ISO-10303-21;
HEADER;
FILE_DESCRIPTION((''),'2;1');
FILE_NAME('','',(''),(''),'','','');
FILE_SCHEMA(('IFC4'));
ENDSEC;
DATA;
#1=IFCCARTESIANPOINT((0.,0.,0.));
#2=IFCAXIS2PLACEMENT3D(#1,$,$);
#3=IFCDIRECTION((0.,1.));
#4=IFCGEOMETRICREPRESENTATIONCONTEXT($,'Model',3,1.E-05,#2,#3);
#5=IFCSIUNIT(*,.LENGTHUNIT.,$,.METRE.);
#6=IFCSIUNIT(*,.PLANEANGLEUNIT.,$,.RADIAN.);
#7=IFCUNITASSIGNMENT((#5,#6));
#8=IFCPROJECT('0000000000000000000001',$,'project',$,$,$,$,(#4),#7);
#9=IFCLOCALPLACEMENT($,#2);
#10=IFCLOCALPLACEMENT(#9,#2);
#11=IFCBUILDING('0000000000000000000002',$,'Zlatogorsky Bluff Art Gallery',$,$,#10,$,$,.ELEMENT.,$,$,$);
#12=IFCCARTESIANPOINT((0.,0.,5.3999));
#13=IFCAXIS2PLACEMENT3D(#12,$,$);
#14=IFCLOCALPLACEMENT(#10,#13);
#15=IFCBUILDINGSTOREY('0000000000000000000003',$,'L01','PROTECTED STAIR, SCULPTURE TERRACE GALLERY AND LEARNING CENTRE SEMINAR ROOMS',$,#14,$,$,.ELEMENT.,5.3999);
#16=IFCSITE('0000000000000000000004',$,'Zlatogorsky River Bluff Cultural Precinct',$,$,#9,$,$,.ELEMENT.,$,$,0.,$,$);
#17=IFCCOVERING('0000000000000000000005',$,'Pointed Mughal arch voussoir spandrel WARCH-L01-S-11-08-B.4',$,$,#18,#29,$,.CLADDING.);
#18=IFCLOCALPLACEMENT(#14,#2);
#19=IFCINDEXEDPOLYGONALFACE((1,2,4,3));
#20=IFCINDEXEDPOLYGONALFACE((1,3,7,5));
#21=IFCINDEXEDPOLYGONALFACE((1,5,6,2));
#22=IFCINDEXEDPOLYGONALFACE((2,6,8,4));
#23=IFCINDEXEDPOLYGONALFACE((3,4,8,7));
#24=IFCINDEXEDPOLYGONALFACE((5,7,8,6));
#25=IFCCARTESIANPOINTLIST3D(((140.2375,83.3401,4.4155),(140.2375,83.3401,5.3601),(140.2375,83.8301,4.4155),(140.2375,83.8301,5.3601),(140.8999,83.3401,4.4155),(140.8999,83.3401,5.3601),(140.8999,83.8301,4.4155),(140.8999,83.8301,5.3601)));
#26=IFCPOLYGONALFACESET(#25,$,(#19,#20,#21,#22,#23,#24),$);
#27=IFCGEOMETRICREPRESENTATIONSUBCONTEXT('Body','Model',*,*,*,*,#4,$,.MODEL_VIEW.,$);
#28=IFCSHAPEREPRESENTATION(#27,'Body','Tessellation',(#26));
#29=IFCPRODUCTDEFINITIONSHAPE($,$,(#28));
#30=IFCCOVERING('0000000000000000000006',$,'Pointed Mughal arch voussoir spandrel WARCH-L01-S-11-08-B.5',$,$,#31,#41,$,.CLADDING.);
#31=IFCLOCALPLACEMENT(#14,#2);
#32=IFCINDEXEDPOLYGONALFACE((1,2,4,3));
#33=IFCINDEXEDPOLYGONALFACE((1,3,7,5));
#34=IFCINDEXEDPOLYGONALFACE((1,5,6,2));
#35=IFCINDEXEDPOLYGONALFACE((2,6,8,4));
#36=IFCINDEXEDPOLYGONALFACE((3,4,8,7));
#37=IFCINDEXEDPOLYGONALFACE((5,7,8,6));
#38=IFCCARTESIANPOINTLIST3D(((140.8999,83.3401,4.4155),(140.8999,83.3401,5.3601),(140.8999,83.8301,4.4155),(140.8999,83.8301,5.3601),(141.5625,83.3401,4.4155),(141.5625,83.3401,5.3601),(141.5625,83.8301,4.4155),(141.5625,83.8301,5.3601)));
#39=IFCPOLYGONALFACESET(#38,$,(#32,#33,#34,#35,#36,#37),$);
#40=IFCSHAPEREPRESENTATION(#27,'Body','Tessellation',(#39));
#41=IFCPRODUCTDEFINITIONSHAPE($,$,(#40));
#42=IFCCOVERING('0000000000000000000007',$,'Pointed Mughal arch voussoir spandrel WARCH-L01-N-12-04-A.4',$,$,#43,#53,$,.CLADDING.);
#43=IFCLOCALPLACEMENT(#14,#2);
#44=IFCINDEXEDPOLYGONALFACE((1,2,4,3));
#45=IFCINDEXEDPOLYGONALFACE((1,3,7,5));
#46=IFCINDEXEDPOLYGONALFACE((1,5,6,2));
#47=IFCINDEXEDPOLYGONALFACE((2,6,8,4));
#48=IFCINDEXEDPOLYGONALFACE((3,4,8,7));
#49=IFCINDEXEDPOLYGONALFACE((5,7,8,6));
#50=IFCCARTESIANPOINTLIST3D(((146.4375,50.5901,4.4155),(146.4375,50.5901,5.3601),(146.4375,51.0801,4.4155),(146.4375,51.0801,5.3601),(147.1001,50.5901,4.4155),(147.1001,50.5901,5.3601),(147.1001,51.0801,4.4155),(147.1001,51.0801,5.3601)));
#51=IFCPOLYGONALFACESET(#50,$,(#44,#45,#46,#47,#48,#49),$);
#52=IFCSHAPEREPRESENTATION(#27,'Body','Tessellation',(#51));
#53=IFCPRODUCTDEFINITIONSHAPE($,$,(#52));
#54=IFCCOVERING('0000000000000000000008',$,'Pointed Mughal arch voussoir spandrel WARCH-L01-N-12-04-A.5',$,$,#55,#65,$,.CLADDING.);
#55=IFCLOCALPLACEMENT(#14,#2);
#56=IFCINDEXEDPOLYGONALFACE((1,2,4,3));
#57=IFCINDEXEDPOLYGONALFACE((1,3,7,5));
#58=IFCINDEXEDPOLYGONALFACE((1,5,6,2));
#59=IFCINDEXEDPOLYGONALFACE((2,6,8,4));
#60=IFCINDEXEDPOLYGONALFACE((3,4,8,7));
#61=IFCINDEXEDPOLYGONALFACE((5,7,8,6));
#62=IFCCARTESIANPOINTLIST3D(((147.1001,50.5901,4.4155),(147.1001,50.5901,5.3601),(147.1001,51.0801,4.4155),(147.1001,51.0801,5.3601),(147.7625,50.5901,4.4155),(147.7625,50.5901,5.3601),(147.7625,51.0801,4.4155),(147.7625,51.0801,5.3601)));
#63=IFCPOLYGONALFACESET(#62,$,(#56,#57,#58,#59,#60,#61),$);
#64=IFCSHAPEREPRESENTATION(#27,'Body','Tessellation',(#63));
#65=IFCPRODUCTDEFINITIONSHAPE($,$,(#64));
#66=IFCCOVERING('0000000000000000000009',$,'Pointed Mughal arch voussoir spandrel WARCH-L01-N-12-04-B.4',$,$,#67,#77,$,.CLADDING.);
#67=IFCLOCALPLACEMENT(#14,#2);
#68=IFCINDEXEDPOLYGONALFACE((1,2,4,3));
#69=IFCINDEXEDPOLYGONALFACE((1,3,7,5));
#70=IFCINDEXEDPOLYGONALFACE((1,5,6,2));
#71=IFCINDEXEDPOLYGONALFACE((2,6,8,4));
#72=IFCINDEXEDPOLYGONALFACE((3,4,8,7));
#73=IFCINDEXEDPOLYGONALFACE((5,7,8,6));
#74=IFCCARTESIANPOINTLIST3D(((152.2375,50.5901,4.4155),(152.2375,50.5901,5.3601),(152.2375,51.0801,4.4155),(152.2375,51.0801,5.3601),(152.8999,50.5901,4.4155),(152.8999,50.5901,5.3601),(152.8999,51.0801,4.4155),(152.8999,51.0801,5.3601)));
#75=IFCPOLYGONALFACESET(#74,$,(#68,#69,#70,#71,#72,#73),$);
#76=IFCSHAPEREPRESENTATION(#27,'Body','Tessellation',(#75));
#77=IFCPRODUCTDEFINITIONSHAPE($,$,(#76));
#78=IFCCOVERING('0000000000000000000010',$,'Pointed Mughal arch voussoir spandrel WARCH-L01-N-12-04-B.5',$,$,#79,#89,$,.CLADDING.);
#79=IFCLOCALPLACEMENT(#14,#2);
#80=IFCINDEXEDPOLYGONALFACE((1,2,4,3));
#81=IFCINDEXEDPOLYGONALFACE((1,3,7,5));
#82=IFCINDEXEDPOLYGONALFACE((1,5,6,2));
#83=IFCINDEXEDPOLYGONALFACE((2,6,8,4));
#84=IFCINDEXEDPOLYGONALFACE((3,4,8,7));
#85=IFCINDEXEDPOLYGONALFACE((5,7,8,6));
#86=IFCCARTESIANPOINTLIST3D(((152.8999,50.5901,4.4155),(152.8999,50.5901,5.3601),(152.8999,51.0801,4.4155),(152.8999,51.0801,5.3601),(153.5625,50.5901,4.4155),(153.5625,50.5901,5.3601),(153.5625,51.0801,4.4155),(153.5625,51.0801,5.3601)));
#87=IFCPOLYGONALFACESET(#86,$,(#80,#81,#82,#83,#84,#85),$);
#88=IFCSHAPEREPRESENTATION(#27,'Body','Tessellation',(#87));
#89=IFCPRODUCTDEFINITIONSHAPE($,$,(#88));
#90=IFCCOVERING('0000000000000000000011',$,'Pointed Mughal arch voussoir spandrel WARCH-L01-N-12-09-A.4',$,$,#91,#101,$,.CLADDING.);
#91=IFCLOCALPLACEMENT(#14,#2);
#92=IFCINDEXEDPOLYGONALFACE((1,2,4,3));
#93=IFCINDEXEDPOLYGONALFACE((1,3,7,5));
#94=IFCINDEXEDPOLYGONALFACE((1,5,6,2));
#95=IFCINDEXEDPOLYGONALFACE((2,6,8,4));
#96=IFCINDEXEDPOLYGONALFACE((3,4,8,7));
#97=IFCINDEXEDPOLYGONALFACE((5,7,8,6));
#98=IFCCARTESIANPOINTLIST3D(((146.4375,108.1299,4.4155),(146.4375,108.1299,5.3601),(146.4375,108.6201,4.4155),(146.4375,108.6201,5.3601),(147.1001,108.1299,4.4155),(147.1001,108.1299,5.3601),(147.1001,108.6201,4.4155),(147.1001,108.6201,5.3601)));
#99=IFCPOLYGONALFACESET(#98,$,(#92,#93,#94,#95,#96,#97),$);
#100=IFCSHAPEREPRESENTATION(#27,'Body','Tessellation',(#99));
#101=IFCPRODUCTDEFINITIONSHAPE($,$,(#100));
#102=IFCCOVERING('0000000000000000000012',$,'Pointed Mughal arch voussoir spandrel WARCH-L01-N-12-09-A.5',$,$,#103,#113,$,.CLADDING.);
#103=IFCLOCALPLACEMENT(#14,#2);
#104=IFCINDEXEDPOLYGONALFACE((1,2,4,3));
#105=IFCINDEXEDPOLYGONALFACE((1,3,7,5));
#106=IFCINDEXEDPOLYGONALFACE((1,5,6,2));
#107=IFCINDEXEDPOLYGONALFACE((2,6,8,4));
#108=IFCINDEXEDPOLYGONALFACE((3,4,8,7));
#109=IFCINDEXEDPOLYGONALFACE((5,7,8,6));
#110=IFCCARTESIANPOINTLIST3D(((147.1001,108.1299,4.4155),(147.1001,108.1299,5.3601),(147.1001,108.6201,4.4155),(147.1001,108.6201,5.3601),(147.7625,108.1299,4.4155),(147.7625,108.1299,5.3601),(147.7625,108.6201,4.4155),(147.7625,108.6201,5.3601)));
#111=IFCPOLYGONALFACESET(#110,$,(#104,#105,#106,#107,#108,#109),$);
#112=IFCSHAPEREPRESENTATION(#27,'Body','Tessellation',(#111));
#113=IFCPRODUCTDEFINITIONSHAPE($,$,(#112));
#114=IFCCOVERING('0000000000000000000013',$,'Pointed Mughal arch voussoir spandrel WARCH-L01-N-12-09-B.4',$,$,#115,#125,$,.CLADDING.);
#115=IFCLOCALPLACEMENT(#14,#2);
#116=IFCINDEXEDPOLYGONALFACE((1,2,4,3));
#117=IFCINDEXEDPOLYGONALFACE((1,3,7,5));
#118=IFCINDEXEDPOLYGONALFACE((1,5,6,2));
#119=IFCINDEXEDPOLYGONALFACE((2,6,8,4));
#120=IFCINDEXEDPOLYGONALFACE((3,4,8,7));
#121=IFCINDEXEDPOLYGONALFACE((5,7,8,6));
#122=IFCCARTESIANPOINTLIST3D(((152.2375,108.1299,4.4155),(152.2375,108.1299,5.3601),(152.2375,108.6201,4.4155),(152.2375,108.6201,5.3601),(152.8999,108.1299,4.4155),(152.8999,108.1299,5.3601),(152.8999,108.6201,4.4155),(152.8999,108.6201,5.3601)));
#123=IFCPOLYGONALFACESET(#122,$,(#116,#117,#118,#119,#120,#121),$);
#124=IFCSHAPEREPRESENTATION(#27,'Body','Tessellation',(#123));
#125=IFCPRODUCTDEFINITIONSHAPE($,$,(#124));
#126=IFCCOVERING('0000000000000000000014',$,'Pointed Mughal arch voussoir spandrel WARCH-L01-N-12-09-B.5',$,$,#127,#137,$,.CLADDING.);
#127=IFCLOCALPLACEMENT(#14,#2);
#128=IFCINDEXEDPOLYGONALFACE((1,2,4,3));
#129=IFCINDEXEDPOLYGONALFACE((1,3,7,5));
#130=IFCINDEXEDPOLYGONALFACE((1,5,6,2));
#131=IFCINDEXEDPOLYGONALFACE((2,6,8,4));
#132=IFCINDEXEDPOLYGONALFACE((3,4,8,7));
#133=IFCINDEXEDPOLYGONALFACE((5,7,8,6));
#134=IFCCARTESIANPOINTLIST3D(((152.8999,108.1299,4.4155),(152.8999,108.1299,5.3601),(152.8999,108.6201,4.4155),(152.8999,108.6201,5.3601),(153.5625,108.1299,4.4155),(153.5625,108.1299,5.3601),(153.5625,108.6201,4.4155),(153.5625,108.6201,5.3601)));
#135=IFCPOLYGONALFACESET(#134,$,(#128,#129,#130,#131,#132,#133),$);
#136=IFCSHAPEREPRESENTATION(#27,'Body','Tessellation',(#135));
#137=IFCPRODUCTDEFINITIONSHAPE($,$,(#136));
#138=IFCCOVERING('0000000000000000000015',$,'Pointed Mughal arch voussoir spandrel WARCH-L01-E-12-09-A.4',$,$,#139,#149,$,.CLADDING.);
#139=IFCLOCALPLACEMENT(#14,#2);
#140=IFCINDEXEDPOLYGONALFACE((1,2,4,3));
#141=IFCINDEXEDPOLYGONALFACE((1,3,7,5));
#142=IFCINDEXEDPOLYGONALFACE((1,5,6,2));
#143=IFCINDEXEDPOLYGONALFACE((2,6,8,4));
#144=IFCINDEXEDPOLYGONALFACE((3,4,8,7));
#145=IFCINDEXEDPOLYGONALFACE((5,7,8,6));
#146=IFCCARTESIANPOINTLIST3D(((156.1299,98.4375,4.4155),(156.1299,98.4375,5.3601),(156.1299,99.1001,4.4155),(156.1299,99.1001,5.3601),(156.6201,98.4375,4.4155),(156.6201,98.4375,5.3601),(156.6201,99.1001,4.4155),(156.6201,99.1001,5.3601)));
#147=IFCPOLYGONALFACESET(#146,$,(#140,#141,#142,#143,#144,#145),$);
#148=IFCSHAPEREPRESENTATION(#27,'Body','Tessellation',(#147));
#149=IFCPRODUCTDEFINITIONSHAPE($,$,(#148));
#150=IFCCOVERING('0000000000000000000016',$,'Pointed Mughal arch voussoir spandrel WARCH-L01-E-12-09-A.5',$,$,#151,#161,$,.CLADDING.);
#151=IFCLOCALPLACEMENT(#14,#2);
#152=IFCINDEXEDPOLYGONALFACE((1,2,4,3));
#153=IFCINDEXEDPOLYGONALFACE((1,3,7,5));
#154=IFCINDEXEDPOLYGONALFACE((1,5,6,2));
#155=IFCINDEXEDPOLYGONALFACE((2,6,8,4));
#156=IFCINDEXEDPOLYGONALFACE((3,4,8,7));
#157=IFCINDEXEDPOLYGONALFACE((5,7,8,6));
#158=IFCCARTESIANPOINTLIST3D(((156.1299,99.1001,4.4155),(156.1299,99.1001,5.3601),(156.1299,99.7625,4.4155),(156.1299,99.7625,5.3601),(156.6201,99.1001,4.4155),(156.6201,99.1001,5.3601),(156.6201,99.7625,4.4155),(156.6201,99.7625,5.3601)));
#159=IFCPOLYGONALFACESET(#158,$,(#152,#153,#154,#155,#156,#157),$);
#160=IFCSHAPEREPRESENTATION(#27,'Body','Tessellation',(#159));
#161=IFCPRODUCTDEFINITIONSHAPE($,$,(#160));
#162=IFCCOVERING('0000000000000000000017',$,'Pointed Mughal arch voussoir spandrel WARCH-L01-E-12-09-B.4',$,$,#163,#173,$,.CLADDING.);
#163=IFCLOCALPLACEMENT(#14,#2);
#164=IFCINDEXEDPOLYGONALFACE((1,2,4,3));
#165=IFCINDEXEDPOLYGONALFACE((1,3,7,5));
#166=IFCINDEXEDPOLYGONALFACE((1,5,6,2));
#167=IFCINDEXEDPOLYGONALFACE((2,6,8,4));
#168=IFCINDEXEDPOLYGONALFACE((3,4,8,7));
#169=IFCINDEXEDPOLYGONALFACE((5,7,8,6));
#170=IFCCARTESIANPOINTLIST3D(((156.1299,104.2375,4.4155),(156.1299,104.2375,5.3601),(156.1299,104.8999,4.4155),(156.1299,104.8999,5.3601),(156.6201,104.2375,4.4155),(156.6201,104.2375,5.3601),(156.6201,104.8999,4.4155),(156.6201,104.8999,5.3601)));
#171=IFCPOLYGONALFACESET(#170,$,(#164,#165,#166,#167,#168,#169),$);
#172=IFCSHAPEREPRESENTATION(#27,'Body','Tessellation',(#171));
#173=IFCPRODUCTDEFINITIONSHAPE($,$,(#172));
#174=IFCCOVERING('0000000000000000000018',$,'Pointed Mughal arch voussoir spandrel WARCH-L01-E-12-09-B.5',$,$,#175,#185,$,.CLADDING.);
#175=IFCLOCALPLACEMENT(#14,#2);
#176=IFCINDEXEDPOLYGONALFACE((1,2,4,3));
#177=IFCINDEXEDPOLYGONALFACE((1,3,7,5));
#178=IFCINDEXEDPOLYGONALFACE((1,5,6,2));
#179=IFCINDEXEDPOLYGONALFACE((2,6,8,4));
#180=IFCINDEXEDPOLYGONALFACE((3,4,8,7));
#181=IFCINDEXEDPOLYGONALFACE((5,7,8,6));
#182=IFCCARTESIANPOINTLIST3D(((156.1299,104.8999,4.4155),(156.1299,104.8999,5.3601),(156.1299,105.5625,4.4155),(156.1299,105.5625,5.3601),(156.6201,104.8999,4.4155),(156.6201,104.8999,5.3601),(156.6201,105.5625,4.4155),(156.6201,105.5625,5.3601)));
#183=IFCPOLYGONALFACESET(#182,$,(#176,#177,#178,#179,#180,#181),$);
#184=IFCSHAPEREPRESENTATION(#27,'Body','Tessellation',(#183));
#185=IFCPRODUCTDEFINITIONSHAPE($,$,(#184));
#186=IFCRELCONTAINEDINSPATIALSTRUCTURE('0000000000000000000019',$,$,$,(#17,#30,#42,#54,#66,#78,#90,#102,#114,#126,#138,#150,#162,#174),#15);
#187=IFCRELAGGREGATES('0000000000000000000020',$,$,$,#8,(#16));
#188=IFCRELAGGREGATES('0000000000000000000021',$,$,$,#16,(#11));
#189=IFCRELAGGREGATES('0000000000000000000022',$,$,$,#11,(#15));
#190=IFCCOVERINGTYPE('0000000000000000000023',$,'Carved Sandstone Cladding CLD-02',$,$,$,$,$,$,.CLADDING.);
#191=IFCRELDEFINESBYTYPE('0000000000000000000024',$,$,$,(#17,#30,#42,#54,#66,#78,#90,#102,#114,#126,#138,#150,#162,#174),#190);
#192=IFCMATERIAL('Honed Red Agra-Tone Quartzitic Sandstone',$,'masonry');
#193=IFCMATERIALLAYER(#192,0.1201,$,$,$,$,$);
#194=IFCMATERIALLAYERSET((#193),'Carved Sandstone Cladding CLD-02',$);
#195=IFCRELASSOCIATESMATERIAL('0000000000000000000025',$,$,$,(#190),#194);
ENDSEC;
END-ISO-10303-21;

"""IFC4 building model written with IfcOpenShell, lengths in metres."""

from ifc_helpers import new_model, si_unit, direction, frame, origin, place, context, subcontext, project, spatial, polyline, outline, extrude, material, layer, layer_set, type_object, element, save


model = new_model("IFC4")

# Units and contexts
model_context = context("Model", 3, precision=1e-05, world=origin(), true_north=direction((0.0, 1.0)))
body_context = subcontext(model_context, "Body", "Model", "MODEL_VIEW")
ifc_project = project(units=[si_unit("LENGTHUNIT", "METRE"), si_unit("PLANEANGLEUNIT", "RADIAN")], contexts=[model_context])

# Site, building, storey
site_placement = place(None, origin())
site = spatial("IfcSite", under=ifc_project, at=site_placement, Name="Zlatogorsky River Bluff Cultural Precinct", CompositionType="ELEMENT", RefElevation=0.0)
building_placement = place(site_placement, origin())
building = spatial("IfcBuilding", under=site, at=building_placement, Name="Zlatogorsky Bluff Art Gallery", CompositionType="ELEMENT")
storey_placement = place(building_placement, frame((0.0, 0.0, 5.3999)))
storey = spatial("IfcBuildingStorey", under=building, at=storey_placement, Name="L01", Description="PROTECTED STAIR, SCULPTURE TERRACE GALLERY AND LEARNING CENTRE SEMINAR ROOMS", CompositionType="ELEMENT", Elevation=5.3999)

# Coverings
ifc_material = material(Name="Honed Red Agra-Tone Quartzitic Sandstone", Category="masonry")
ifc_layer = layer(ifc_material, 0.1201)
ifc_layer_set = layer_set([ifc_layer], Name="Carved Sandstone Cladding CLD-02")
covering_type = type_object("IfcCoveringType", Name="Carved Sandstone Cladding CLD-02", PredefinedType="CLADDING", material=ifc_layer_set)
covering_1_placement = place(storey_placement, frame((0.0, 0.0, 4.4155)))
element("IfcCovering", 1, at=covering_1_placement, inside=storey, type_object=covering_type, Name="Pointed Mughal arch voussoir spandrel WARCH-L01-S-11-08-B.4", PredefinedType="CLADDING", context=body_context, shape_type="SweptSolid", body=[
    extrude(outline(polyline([(140.2375, 83.3401), (140.8999, 83.3401), (140.8999, 83.8301), (140.2375, 83.8301), (140.2375, 83.3401)])), origin(), (0.0, 0.0, 1.0), 0.9446),
])
covering_2_placement = place(storey_placement, frame((0.0, 0.0, 4.4155)))
element("IfcCovering", 2, at=covering_2_placement, inside=storey, type_object=covering_type, Name="Pointed Mughal arch voussoir spandrel WARCH-L01-S-11-08-B.5", PredefinedType="CLADDING", context=body_context, shape_type="SweptSolid", body=[
    extrude(outline(polyline([(140.8999, 83.3401), (141.5625, 83.3401), (141.5625, 83.8301), (140.8999, 83.8301), (140.8999, 83.3401)])), origin(), (0.0, 0.0, 1.0), 0.9446),
])
covering_3_placement = place(storey_placement, frame((0.0, 0.0, 4.4155)))
element("IfcCovering", 3, at=covering_3_placement, inside=storey, type_object=covering_type, Name="Pointed Mughal arch voussoir spandrel WARCH-L01-N-12-04-A.4", PredefinedType="CLADDING", context=body_context, shape_type="SweptSolid", body=[
    extrude(outline(polyline([(146.4375, 50.5901), (147.1001, 50.5901), (147.1001, 51.0801), (146.4375, 51.0801), (146.4375, 50.5901)])), origin(), (0.0, 0.0, 1.0), 0.9446),
])
covering_4_placement = place(storey_placement, frame((0.0, 0.0, 4.4155)))
element("IfcCovering", 4, at=covering_4_placement, inside=storey, type_object=covering_type, Name="Pointed Mughal arch voussoir spandrel WARCH-L01-N-12-04-A.5", PredefinedType="CLADDING", context=body_context, shape_type="SweptSolid", body=[
    extrude(outline(polyline([(147.1001, 50.5901), (147.7625, 50.5901), (147.7625, 51.0801), (147.1001, 51.0801), (147.1001, 50.5901)])), origin(), (0.0, 0.0, 1.0), 0.9446),
])
covering_5_placement = place(storey_placement, frame((0.0, 0.0, 4.4155)))
element("IfcCovering", 5, at=covering_5_placement, inside=storey, type_object=covering_type, Name="Pointed Mughal arch voussoir spandrel WARCH-L01-N-12-04-B.4", PredefinedType="CLADDING", context=body_context, shape_type="SweptSolid", body=[
    extrude(outline(polyline([(152.2375, 50.5901), (152.8999, 50.5901), (152.8999, 51.0801), (152.2375, 51.0801), (152.2375, 50.5901)])), origin(), (0.0, 0.0, 1.0), 0.9446),
])
covering_6_placement = place(storey_placement, frame((0.0, 0.0, 4.4155)))
element("IfcCovering", 6, at=covering_6_placement, inside=storey, type_object=covering_type, Name="Pointed Mughal arch voussoir spandrel WARCH-L01-N-12-04-B.5", PredefinedType="CLADDING", context=body_context, shape_type="SweptSolid", body=[
    extrude(outline(polyline([(152.8999, 50.5901), (153.5625, 50.5901), (153.5625, 51.0801), (152.8999, 51.0801), (152.8999, 50.5901)])), origin(), (0.0, 0.0, 1.0), 0.9446),
])
covering_7_placement = place(storey_placement, frame((0.0, 0.0, 4.4155)))
element("IfcCovering", 7, at=covering_7_placement, inside=storey, type_object=covering_type, Name="Pointed Mughal arch voussoir spandrel WARCH-L01-N-12-09-A.4", PredefinedType="CLADDING", context=body_context, shape_type="SweptSolid", body=[
    extrude(outline(polyline([(146.4375, 108.1299), (147.1001, 108.1299), (147.1001, 108.6201), (146.4375, 108.6201), (146.4375, 108.1299)])), origin(), (0.0, 0.0, 1.0), 0.9446),
])
covering_8_placement = place(storey_placement, frame((0.0, 0.0, 4.4155)))
element("IfcCovering", 8, at=covering_8_placement, inside=storey, type_object=covering_type, Name="Pointed Mughal arch voussoir spandrel WARCH-L01-N-12-09-A.5", PredefinedType="CLADDING", context=body_context, shape_type="SweptSolid", body=[
    extrude(outline(polyline([(147.1001, 108.1299), (147.7625, 108.1299), (147.7625, 108.6201), (147.1001, 108.6201), (147.1001, 108.1299)])), origin(), (0.0, 0.0, 1.0), 0.9446),
])
covering_9_placement = place(storey_placement, frame((0.0, 0.0, 4.4155)))
element("IfcCovering", 9, at=covering_9_placement, inside=storey, type_object=covering_type, Name="Pointed Mughal arch voussoir spandrel WARCH-L01-N-12-09-B.4", PredefinedType="CLADDING", context=body_context, shape_type="SweptSolid", body=[
    extrude(outline(polyline([(152.2375, 108.1299), (152.8999, 108.1299), (152.8999, 108.6201), (152.2375, 108.6201), (152.2375, 108.1299)])), origin(), (0.0, 0.0, 1.0), 0.9446),
])
covering_10_placement = place(storey_placement, frame((0.0, 0.0, 4.4155)))
element("IfcCovering", 10, at=covering_10_placement, inside=storey, type_object=covering_type, Name="Pointed Mughal arch voussoir spandrel WARCH-L01-N-12-09-B.5", PredefinedType="CLADDING", context=body_context, shape_type="SweptSolid", body=[
    extrude(outline(polyline([(152.8999, 108.1299), (153.5625, 108.1299), (153.5625, 108.6201), (152.8999, 108.6201), (152.8999, 108.1299)])), origin(), (0.0, 0.0, 1.0), 0.9446),
])
covering_11_placement = place(storey_placement, frame((0.0, 0.0, 4.4155)))
element("IfcCovering", 11, at=covering_11_placement, inside=storey, type_object=covering_type, Name="Pointed Mughal arch voussoir spandrel WARCH-L01-E-12-09-A.4", PredefinedType="CLADDING", context=body_context, shape_type="SweptSolid", body=[
    extrude(outline(polyline([(156.1299, 98.4375), (156.1299, 99.1001), (156.6201, 99.1001), (156.6201, 98.4375), (156.1299, 98.4375)])), origin(), (0.0, 0.0, 1.0), 0.9446),
])
covering_12_placement = place(storey_placement, frame((0.0, 0.0, 4.4155)))
element("IfcCovering", 12, at=covering_12_placement, inside=storey, type_object=covering_type, Name="Pointed Mughal arch voussoir spandrel WARCH-L01-E-12-09-A.5", PredefinedType="CLADDING", context=body_context, shape_type="SweptSolid", body=[
    extrude(outline(polyline([(156.1299, 99.1001), (156.1299, 99.7625), (156.6201, 99.7625), (156.6201, 99.1001), (156.1299, 99.1001)])), origin(), (0.0, 0.0, 1.0), 0.9446),
])
covering_13_placement = place(storey_placement, frame((0.0, 0.0, 4.4155)))
element("IfcCovering", 13, at=covering_13_placement, inside=storey, type_object=covering_type, Name="Pointed Mughal arch voussoir spandrel WARCH-L01-E-12-09-B.4", PredefinedType="CLADDING", context=body_context, shape_type="SweptSolid", body=[
    extrude(outline(polyline([(156.1299, 104.2375), (156.1299, 104.8999), (156.6201, 104.8999), (156.6201, 104.2375), (156.1299, 104.2375)])), origin(), (0.0, 0.0, 1.0), 0.9446),
])
covering_14_placement = place(storey_placement, frame((0.0, 0.0, 4.4155)))
element("IfcCovering", 14, at=covering_14_placement, inside=storey, type_object=covering_type, Name="Pointed Mughal arch voussoir spandrel WARCH-L01-E-12-09-B.5", PredefinedType="CLADDING", context=body_context, shape_type="SweptSolid", body=[
    extrude(outline(polyline([(156.1299, 104.8999), (156.1299, 105.5625), (156.6201, 105.5625), (156.6201, 104.8999), (156.1299, 104.8999)])), origin(), (0.0, 0.0, 1.0), 0.9446),
])

save(model, "model.ifc")
